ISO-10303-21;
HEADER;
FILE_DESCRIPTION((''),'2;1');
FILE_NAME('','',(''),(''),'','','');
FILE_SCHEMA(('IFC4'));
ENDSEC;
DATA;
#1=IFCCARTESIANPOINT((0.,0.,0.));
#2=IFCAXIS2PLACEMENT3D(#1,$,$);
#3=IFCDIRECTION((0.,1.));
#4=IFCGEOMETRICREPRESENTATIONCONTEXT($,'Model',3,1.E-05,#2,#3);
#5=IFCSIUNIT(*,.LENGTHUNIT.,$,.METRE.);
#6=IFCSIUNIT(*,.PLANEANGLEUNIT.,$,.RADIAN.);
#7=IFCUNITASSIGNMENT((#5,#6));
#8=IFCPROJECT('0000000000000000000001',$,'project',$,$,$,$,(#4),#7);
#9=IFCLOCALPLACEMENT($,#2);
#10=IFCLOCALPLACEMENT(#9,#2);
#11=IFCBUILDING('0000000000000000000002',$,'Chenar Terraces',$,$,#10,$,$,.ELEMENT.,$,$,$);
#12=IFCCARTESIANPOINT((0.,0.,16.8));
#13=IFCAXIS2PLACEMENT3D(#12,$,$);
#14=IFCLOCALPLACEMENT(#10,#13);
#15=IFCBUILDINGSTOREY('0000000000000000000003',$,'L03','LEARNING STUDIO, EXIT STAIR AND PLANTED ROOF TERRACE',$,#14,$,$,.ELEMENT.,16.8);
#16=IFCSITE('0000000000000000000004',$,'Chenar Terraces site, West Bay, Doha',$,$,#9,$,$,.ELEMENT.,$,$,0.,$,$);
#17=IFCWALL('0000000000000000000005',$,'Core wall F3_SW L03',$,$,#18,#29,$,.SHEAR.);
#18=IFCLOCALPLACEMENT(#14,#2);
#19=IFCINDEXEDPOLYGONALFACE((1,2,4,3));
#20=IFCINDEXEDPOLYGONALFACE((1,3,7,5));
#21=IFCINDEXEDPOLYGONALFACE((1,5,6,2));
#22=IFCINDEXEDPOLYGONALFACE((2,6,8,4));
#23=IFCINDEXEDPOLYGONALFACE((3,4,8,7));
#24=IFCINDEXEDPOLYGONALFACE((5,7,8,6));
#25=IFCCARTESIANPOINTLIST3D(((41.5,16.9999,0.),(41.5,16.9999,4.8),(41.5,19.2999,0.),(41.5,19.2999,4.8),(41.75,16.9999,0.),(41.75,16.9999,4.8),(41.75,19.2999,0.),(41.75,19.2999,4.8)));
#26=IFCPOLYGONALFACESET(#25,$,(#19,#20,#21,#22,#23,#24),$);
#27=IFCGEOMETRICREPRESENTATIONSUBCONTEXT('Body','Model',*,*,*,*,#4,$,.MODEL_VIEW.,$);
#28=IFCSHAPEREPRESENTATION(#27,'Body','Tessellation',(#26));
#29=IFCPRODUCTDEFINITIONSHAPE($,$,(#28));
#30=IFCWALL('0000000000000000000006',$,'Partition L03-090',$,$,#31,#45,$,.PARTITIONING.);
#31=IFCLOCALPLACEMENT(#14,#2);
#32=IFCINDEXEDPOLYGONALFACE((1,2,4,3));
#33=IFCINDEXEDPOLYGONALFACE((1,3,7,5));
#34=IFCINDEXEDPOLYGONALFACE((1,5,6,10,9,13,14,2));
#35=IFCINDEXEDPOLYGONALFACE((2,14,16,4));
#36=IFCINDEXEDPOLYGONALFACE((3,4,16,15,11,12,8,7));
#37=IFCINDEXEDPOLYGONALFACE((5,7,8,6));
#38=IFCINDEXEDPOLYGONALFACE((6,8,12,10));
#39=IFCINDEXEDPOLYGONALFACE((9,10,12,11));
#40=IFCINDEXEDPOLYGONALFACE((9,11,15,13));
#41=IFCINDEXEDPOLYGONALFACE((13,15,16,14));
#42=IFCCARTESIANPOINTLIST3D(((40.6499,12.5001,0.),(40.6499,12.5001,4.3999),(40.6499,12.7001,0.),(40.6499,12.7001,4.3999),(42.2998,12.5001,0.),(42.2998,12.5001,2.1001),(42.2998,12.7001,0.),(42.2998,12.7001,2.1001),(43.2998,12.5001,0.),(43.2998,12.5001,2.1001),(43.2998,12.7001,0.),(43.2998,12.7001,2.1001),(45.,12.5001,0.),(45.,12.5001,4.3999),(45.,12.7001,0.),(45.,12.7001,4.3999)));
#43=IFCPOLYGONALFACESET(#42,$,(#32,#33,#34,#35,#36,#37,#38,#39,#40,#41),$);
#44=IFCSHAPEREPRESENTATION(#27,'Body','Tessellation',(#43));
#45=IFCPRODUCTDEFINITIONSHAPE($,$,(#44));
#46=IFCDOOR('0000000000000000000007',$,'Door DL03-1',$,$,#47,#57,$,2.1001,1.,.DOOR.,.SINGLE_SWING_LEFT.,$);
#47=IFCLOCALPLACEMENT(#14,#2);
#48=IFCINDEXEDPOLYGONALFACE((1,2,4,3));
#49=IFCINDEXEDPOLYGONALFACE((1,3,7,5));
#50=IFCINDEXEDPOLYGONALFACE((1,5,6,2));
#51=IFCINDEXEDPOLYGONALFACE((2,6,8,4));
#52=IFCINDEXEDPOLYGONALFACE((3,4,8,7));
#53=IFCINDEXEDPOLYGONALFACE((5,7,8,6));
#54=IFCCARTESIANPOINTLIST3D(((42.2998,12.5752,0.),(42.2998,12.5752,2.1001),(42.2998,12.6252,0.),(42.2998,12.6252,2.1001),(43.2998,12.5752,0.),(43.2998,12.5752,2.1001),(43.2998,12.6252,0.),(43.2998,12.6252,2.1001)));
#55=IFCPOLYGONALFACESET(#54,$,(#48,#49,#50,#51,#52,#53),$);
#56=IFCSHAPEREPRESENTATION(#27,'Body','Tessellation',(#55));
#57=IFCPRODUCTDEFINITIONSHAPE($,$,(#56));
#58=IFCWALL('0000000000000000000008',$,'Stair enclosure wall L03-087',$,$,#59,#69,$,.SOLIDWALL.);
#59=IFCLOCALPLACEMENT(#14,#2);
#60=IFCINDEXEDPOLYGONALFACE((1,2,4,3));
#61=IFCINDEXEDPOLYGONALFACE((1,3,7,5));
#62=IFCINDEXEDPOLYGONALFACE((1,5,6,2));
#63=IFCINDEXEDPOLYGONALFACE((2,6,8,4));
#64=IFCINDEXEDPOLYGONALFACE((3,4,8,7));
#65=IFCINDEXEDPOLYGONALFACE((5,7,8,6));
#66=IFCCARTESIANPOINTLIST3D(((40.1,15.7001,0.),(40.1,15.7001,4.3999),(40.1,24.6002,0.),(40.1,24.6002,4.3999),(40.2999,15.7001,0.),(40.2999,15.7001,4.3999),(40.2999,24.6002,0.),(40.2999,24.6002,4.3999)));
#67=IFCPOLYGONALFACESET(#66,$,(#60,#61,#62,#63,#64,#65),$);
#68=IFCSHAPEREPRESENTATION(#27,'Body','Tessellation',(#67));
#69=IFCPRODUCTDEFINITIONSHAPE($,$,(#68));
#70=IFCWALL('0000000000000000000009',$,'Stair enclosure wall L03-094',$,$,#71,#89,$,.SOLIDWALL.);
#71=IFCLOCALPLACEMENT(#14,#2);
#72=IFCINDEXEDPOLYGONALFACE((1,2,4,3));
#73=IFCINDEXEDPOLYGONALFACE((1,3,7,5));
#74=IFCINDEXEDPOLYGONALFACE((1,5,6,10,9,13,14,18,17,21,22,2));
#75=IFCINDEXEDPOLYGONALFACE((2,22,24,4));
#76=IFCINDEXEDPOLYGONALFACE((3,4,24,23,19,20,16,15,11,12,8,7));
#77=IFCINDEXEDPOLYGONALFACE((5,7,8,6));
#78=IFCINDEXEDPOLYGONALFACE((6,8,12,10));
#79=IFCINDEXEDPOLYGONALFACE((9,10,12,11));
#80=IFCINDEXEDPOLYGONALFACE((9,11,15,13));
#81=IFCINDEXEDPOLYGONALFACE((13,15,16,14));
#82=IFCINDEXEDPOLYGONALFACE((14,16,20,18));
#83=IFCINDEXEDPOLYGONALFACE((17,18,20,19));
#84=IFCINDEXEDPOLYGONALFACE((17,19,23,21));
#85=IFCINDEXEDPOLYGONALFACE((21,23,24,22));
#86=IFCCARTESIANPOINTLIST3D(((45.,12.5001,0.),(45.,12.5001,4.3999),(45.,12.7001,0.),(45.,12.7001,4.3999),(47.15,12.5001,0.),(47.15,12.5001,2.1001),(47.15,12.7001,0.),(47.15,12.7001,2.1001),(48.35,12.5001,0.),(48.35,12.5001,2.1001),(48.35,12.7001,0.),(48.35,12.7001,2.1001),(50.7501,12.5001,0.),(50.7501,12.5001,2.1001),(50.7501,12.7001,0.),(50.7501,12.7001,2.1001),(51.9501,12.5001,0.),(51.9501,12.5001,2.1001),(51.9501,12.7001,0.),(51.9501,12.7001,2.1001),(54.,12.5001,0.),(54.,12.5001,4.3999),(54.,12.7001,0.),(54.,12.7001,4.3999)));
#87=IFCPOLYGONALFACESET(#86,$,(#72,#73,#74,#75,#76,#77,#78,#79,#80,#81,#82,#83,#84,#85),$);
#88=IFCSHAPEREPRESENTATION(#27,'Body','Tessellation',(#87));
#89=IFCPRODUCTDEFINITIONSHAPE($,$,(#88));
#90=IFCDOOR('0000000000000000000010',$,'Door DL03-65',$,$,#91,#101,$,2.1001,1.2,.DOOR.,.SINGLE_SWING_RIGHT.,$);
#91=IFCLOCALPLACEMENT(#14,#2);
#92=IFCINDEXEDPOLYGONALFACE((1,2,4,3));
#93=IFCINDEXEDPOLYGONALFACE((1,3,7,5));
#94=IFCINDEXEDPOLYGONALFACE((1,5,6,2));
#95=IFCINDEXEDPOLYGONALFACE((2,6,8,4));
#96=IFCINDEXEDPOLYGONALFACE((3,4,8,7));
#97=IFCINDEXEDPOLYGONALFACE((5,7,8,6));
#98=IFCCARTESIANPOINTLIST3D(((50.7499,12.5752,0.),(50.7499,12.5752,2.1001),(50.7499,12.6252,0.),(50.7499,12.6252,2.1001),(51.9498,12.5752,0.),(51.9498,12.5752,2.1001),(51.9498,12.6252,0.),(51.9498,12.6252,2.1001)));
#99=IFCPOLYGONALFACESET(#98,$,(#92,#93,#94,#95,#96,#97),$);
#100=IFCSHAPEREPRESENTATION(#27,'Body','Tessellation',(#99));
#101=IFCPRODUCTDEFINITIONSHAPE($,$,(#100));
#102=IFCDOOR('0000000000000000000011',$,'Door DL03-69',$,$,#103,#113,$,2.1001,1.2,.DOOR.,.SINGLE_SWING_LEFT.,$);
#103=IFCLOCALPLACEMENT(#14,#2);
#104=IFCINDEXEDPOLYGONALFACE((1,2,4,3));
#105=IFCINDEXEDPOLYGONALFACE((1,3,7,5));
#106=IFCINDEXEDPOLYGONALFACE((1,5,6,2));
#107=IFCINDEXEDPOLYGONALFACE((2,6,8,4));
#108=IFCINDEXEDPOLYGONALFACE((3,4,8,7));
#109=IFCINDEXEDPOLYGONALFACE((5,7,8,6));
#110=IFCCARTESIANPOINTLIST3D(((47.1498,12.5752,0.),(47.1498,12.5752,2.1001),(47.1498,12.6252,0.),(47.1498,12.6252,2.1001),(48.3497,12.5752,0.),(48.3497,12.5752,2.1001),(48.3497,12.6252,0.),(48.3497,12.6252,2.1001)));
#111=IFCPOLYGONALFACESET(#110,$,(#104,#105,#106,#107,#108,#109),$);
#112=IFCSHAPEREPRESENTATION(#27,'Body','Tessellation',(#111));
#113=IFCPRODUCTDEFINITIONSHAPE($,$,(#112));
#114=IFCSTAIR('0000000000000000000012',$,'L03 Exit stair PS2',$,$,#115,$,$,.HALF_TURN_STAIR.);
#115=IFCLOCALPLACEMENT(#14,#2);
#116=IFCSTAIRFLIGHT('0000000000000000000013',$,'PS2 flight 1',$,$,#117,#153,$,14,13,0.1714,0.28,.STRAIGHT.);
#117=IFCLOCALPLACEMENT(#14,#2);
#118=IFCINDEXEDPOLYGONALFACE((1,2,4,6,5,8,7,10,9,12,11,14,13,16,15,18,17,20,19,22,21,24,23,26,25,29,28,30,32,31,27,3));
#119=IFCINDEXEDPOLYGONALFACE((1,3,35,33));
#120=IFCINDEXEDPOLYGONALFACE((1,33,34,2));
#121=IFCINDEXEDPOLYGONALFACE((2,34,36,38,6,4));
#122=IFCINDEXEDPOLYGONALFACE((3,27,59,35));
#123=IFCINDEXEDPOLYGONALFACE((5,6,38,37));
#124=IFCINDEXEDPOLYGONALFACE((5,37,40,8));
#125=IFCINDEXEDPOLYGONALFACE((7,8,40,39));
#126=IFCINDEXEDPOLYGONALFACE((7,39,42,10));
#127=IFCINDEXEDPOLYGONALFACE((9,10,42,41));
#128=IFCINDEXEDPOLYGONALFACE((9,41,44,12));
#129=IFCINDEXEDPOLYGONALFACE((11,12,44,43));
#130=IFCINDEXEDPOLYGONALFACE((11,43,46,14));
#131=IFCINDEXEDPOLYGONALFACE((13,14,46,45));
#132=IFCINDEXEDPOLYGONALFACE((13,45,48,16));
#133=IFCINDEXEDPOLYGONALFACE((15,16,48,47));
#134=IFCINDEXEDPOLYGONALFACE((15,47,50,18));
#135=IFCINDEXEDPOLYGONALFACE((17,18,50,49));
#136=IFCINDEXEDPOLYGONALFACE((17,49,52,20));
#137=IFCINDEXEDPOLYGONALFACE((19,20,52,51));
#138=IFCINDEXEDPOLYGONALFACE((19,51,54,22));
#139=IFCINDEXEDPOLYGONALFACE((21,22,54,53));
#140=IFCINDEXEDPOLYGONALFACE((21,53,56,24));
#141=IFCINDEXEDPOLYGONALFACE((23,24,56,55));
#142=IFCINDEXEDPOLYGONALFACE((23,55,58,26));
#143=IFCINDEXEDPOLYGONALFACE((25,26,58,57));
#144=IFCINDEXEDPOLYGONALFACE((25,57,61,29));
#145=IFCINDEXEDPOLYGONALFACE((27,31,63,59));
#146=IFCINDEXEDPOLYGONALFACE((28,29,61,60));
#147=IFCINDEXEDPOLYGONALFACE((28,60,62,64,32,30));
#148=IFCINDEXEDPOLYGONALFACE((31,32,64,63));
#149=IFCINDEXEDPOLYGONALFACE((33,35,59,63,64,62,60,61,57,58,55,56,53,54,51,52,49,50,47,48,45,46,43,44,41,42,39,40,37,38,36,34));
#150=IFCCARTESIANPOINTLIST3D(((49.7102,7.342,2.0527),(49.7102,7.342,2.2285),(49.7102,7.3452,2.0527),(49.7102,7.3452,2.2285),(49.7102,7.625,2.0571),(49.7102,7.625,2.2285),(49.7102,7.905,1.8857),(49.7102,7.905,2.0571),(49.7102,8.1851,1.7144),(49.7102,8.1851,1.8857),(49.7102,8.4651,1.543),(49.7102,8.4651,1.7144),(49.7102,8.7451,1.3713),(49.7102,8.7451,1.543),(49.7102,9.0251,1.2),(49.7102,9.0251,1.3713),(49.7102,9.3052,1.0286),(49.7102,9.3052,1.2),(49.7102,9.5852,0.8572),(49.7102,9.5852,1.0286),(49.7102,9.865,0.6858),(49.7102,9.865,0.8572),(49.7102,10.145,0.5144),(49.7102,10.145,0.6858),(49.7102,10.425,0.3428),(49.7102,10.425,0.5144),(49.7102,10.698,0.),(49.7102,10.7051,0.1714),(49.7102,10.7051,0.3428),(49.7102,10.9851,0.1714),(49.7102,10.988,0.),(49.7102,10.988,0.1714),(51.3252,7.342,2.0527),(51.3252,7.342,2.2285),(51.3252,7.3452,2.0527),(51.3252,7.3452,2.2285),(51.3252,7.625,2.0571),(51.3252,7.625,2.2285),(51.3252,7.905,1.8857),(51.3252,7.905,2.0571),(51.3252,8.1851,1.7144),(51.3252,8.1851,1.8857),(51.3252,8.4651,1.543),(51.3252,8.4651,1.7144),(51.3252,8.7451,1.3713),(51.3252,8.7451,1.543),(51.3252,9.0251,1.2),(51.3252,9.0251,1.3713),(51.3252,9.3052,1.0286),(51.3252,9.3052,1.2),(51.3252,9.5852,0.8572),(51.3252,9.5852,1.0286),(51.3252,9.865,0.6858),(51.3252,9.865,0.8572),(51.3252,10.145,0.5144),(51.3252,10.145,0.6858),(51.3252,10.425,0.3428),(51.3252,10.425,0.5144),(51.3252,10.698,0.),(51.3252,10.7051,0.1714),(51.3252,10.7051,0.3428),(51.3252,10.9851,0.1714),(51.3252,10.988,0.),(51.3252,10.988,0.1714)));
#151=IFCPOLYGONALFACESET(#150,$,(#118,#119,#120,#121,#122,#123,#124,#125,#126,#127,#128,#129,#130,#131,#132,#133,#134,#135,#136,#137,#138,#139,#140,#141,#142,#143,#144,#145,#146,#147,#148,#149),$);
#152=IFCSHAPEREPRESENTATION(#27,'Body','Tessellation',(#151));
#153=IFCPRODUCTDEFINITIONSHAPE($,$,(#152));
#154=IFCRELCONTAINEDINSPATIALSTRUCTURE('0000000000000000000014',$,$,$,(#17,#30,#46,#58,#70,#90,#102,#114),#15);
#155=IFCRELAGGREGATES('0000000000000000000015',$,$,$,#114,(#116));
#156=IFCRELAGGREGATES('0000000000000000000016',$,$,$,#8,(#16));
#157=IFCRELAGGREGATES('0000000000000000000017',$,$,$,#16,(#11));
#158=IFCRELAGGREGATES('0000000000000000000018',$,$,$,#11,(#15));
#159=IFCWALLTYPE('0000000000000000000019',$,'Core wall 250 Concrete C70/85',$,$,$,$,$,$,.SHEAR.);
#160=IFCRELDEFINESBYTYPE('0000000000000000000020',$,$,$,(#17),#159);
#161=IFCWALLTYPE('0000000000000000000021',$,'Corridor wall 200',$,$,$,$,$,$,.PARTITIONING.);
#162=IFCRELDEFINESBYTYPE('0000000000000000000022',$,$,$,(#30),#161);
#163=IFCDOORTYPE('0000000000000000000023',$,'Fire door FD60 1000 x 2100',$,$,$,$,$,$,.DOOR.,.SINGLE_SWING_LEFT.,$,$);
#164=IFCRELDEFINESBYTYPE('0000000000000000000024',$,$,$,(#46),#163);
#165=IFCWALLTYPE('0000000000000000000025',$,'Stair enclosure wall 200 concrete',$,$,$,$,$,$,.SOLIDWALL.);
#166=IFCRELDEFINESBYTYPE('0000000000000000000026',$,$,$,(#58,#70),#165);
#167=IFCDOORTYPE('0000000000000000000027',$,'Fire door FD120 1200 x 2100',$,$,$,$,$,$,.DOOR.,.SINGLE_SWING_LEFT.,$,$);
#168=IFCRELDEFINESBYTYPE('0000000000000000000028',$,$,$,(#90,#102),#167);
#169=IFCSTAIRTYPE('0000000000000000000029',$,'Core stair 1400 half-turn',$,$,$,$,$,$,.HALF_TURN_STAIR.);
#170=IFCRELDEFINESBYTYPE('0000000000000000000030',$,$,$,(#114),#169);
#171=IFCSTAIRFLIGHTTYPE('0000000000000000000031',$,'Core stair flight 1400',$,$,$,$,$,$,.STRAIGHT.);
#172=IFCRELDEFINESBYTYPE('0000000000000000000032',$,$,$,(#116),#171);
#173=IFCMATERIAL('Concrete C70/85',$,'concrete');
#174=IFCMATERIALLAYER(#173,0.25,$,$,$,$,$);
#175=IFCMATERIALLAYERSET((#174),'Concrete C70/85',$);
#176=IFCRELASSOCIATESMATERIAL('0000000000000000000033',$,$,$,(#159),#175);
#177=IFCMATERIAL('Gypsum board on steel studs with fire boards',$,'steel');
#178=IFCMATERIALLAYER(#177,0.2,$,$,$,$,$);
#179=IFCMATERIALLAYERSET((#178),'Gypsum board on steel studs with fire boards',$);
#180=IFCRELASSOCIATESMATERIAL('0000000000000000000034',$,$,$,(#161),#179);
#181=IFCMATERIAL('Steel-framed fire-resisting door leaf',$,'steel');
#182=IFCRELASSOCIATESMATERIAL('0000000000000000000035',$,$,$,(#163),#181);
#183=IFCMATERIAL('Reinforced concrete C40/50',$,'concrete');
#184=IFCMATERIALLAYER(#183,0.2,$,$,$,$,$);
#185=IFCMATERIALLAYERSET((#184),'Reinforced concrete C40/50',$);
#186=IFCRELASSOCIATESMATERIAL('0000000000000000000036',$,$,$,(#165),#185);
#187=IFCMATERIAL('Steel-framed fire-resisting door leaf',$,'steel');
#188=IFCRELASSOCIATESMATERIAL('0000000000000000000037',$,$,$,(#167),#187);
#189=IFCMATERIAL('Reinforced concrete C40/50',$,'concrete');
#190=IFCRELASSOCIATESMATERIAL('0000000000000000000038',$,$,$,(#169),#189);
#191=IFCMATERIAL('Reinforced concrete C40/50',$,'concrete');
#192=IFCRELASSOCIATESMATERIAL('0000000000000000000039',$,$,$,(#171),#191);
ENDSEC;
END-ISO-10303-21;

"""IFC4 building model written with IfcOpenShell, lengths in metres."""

from ifc_helpers import new_model, si_unit, direction, frame, frame_2d, origin, place, context, subcontext, project, spatial, polyline, rectangle, outline, extrude, material, layer, layer_set, type_object, element, fill, aggregate, save


model = new_model("IFC4")

# Units and contexts
model_context = context("Model", 3, precision=1e-05, world=origin(), true_north=direction((0.0, 1.0)))
body_context = subcontext(model_context, "Body", "Model", "MODEL_VIEW")
ifc_project = project(units=[si_unit("LENGTHUNIT", "METRE"), si_unit("PLANEANGLEUNIT", "RADIAN")], contexts=[model_context])

# Site, building, storey
site_placement = place(None, origin())
site = spatial("IfcSite", under=ifc_project, at=site_placement, Name="Chenar Terraces site, West Bay, Doha", CompositionType="ELEMENT", RefElevation=0.0)
building_placement = place(site_placement, origin())
building = spatial("IfcBuilding", under=site, at=building_placement, Name="Chenar Terraces", CompositionType="ELEMENT")
storey_placement = place(building_placement, frame((0.0, 0.0, 16.8)))
storey = spatial("IfcBuildingStorey", under=building, at=storey_placement, Name="L03", Description="LEARNING STUDIO, EXIT STAIR AND PLANTED ROOF TERRACE", CompositionType="ELEMENT", Elevation=16.8)

# Shared definitions
ifc_material_1 = material(Name="Concrete C70/85", Category="concrete")
ifc_layer_1 = layer(ifc_material_1, 0.25)
ifc_layer_set_1 = layer_set([ifc_layer_1], Name="Concrete C70/85")
wall_type_1 = type_object("IfcWallType", Name="Core wall 250 Concrete C70/85", PredefinedType="SHEAR", material=ifc_layer_set_1)

# Wall
wall_1_placement = place(storey_placement, frame((41.625, 17.0, 0.0), z_axis=(0.0, 0.0, 1.0), x_axis=(0.0, 1.0, 0.0)))
element("IfcWall", 1, at=wall_1_placement, inside=storey, type_object=wall_type_1, Name="Core wall F3_SW L03", PredefinedType="SHEAR", context=body_context, shape_type="SweptSolid", body=[
    extrude(rectangle(XDim=2.3, YDim=0.25, at=frame_2d((1.1499, 0.0))), origin(), (0.0, 0.0, 1.0), 4.8),
])

# Wall, opening, door
ifc_material_2 = material(Name="Gypsum board on steel studs with fire boards", Category="steel")
ifc_layer_2 = layer(ifc_material_2, 0.2)
ifc_layer_set_2 = layer_set([ifc_layer_2], Name="Gypsum board on steel studs with fire boards")
wall_type_2 = type_object("IfcWallType", Name="Corridor wall 200", PredefinedType="PARTITIONING", material=ifc_layer_set_2)
wall_2_placement = place(storey_placement, frame((40.6499, 12.6001, 0.0), z_axis=(0.0, 0.0, 1.0), x_axis=(1.0, 0.0, 0.0)))
wall_2 = element("IfcWall", 2, at=wall_2_placement, inside=storey, type_object=wall_type_2, Name="Partition L03-090", PredefinedType="PARTITIONING", context=body_context, shape_type="SweptSolid", body=[
    extrude(rectangle(XDim=4.3501, YDim=0.2, at=frame_2d((2.175, 0.0))), origin(), (0.0, 0.0, 1.0), 4.3999),
])
opening_1_placement = place(wall_2_placement, frame((1.6499, 0.0, 0.0)))
opening_1 = element("IfcOpeningElement", 3, at=opening_1_placement, cuts=wall_2, PredefinedType="OPENING", context=body_context, shape_type="SweptSolid", body=[
    extrude(rectangle(XDim=1.0, YDim=2.1001, at=frame_2d((0.5, 1.05))), frame((0.0, 0.1099, 0.0), z_axis=(0.0, -1.0, 0.0), x_axis=(1.0, 0.0, 0.0)), (0.0, 0.0, 1.0), 0.22),
])
ifc_material_3 = material(Name="Steel-framed fire-resisting door leaf", Category="steel")
door_type_1 = type_object("IfcDoorType", Name="Fire door FD60 1000 x 2100", OperationType="SINGLE_SWING_LEFT", PredefinedType="DOOR", material=ifc_material_3)
door_1_placement = place(opening_1_placement, frame((1.0, 0.0, 0.0), z_axis=(0.0, 0.0, 1.0), x_axis=(-1.0, 0.0, 0.0)))
door_1 = element("IfcDoor", 4, at=door_1_placement, inside=storey, type_object=door_type_1, Name="Door DL03-1", OperationType="SINGLE_SWING_LEFT", OverallHeight=2.1001, OverallWidth=1.0, PredefinedType="DOOR", context=body_context, shape_type="SweptSolid", body=[
    extrude(rectangle(XDim=1.0, YDim=2.1001, at=frame_2d((0.5, 1.05))), frame((0.0, 0.0249, 0.0), z_axis=(0.0, -1.0, 0.0), x_axis=(1.0, 0.0, 0.0)), (0.0, 0.0, 1.0), 0.05),
])
fill(opening_1, door_1)

# Wall
ifc_material_4 = material(Name="Reinforced concrete C40/50", Category="concrete")
ifc_layer_3 = layer(ifc_material_4, 0.2)
ifc_layer_set_3 = layer_set([ifc_layer_3], Name="Reinforced concrete C40/50")
wall_type_3 = type_object("IfcWallType", Name="Stair enclosure wall 200 concrete", PredefinedType="SOLIDWALL", material=ifc_layer_set_3)
wall_3_placement = place(storey_placement, frame((40.2, 15.7, 0.0), z_axis=(0.0, 0.0, 1.0), x_axis=(0.0, 1.0, 0.0)))
element("IfcWall", 5, at=wall_3_placement, inside=storey, type_object=wall_type_3, Name="Stair enclosure wall L03-087", PredefinedType="SOLIDWALL", context=body_context, shape_type="SweptSolid", body=[
    extrude(rectangle(XDim=8.9001, YDim=0.2, at=frame_2d((4.4502, 0.0))), origin(), (0.0, 0.0, 1.0), 4.3999),
])

# Wall, openings, doors
wall_4_placement = place(storey_placement, frame((45.0, 12.6001, 0.0), z_axis=(0.0, 0.0, 1.0), x_axis=(1.0, 0.0, 0.0)))
wall_4 = element("IfcWall", 6, at=wall_4_placement, inside=storey, type_object=wall_type_3, Name="Stair enclosure wall L03-094", PredefinedType="SOLIDWALL", context=body_context, shape_type="SweptSolid", body=[
    extrude(rectangle(XDim=9.0, YDim=0.2, at=frame_2d((4.5, 0.0))), origin(), (0.0, 0.0, 1.0), 4.3999),
])
opening_2_placement = place(wall_4_placement, frame((5.75, 0.0, 0.0)))
opening_2 = element("IfcOpeningElement", 7, at=opening_2_placement, cuts=wall_4, PredefinedType="OPENING", context=body_context, shape_type="SweptSolid", body=[
    extrude(rectangle(XDim=1.2, YDim=2.1001, at=frame_2d((0.6001, 1.05))), frame((0.0, 0.1099, 0.0), z_axis=(0.0, -1.0, 0.0), x_axis=(1.0, 0.0, 0.0)), (0.0, 0.0, 1.0), 0.22),
])
opening_3_placement = place(wall_4_placement, frame((2.1499, 0.0, 0.0)))
opening_3 = element("IfcOpeningElement", 8, at=opening_3_placement, cuts=wall_4, PredefinedType="OPENING", context=body_context, shape_type="SweptSolid", body=[
    extrude(rectangle(XDim=1.2, YDim=2.1001, at=frame_2d((0.6001, 1.05))), frame((0.0, 0.1099, 0.0), z_axis=(0.0, -1.0, 0.0), x_axis=(1.0, 0.0, 0.0)), (0.0, 0.0, 1.0), 0.22),
])
ifc_material_5 = material(Name="Steel-framed fire-resisting door leaf", Category="steel")
door_type_2 = type_object("IfcDoorType", Name="Fire door FD120 1200 x 2100", OperationType="SINGLE_SWING_LEFT", PredefinedType="DOOR", material=ifc_material_5)
door_2_placement = place(opening_2_placement, frame((1.2, 0.0, 0.0), z_axis=(0.0, 0.0, 1.0), x_axis=(-1.0, 0.0, 0.0)))
door_2 = element("IfcDoor", 9, at=door_2_placement, inside=storey, type_object=door_type_2, Name="Door DL03-65", OperationType="SINGLE_SWING_RIGHT", OverallHeight=2.1001, OverallWidth=1.2, PredefinedType="DOOR", context=body_context, shape_type="SweptSolid", body=[
    extrude(rectangle(XDim=1.2, YDim=2.1001, at=frame_2d((0.6001, 1.05))), frame((0.0, 0.0249, 0.0), z_axis=(0.0, -1.0, 0.0), x_axis=(1.0, 0.0, 0.0)), (0.0, 0.0, 1.0), 0.05),
])
fill(opening_2, door_2)
door_3_placement = place(opening_3_placement, frame((1.2, 0.0, 0.0), z_axis=(0.0, 0.0, 1.0), x_axis=(-1.0, 0.0, 0.0)))
door_3 = element("IfcDoor", 10, at=door_3_placement, inside=storey, type_object=door_type_2, Name="Door DL03-69", OperationType="SINGLE_SWING_LEFT", OverallHeight=2.1001, OverallWidth=1.2, PredefinedType="DOOR", context=body_context, shape_type="SweptSolid", body=[
    extrude(rectangle(XDim=1.2, YDim=2.1001, at=frame_2d((0.6001, 1.05))), frame((0.0, 0.0249, 0.0), z_axis=(0.0, -1.0, 0.0), x_axis=(1.0, 0.0, 0.0)), (0.0, 0.0, 1.0), 0.05),
])
fill(opening_3, door_3)

# Stair, stair flight
ifc_material_6 = material(Name="Reinforced concrete C40/50", Category="concrete")
stair_type = type_object("IfcStairType", Name="Core stair 1400 half-turn", PredefinedType="HALF_TURN_STAIR", material=ifc_material_6)
placement = place(storey_placement, origin())
stair_1 = element("IfcStair", 11, at=placement, inside=storey, type_object=stair_type, Name="L03 Exit stair PS2", PredefinedType="HALF_TURN_STAIR")
ifc_material_7 = material(Name="Reinforced concrete C40/50", Category="concrete")
stair_flight_type = type_object("IfcStairFlightType", Name="Core stair flight 1400", PredefinedType="STRAIGHT", material=ifc_material_7)
stair_flight_1_placement = place(storey_placement, frame((50.5176, 10.9851, 0.0), z_axis=(0.0, 0.0, 1.0), x_axis=(0.0, -1.0, 0.0)))
stair_flight_1 = element("IfcStairFlight", 12, at=stair_flight_1_placement, type_object=stair_flight_type, Name="PS2 flight 1", NumberOfRisers=14, NumberOfTreads=13, PredefinedType="STRAIGHT", RiserHeight=0.1714, TreadLength=0.28, context=body_context, shape_type="SweptSolid", body=[
    extrude(outline(polyline([(-0.0029, 0.0), (-0.0029, 0.1714), (0.0, 0.1714), (0.28, 0.1714), (0.28, 0.3428), (0.5601, 0.3428), (0.5601, 0.5144), (0.8401, 0.5144), (0.8401, 0.6858), (1.1201, 0.6858), (1.1201, 0.8572), (1.3999, 0.8572), (1.3999, 1.0286), (1.6799, 1.0286), (1.6799, 1.2), (1.96, 1.2), (1.96, 1.3713), (2.24, 1.3713), (2.24, 1.543), (2.52, 1.543), (2.52, 1.7144), (2.8, 1.7144), (2.8, 1.8857), (3.0801, 1.8857), (3.0801, 2.0571), (3.3601, 2.0571), (3.3601, 2.2285), (3.6399, 2.2285), (3.6431, 2.2285), (3.6431, 2.0527), (3.6399, 2.0527), (0.2871, 0.0), (-0.0029, 0.0)])), frame((0.0, 0.8076, 0.0), z_axis=(0.0, -1.0, 0.0), x_axis=(1.0, 0.0, 0.0)), (0.0, 0.0, 1.0), 1.615),
])
aggregate(stair_1, [stair_flight_1])

save(model, "model.ifc")
